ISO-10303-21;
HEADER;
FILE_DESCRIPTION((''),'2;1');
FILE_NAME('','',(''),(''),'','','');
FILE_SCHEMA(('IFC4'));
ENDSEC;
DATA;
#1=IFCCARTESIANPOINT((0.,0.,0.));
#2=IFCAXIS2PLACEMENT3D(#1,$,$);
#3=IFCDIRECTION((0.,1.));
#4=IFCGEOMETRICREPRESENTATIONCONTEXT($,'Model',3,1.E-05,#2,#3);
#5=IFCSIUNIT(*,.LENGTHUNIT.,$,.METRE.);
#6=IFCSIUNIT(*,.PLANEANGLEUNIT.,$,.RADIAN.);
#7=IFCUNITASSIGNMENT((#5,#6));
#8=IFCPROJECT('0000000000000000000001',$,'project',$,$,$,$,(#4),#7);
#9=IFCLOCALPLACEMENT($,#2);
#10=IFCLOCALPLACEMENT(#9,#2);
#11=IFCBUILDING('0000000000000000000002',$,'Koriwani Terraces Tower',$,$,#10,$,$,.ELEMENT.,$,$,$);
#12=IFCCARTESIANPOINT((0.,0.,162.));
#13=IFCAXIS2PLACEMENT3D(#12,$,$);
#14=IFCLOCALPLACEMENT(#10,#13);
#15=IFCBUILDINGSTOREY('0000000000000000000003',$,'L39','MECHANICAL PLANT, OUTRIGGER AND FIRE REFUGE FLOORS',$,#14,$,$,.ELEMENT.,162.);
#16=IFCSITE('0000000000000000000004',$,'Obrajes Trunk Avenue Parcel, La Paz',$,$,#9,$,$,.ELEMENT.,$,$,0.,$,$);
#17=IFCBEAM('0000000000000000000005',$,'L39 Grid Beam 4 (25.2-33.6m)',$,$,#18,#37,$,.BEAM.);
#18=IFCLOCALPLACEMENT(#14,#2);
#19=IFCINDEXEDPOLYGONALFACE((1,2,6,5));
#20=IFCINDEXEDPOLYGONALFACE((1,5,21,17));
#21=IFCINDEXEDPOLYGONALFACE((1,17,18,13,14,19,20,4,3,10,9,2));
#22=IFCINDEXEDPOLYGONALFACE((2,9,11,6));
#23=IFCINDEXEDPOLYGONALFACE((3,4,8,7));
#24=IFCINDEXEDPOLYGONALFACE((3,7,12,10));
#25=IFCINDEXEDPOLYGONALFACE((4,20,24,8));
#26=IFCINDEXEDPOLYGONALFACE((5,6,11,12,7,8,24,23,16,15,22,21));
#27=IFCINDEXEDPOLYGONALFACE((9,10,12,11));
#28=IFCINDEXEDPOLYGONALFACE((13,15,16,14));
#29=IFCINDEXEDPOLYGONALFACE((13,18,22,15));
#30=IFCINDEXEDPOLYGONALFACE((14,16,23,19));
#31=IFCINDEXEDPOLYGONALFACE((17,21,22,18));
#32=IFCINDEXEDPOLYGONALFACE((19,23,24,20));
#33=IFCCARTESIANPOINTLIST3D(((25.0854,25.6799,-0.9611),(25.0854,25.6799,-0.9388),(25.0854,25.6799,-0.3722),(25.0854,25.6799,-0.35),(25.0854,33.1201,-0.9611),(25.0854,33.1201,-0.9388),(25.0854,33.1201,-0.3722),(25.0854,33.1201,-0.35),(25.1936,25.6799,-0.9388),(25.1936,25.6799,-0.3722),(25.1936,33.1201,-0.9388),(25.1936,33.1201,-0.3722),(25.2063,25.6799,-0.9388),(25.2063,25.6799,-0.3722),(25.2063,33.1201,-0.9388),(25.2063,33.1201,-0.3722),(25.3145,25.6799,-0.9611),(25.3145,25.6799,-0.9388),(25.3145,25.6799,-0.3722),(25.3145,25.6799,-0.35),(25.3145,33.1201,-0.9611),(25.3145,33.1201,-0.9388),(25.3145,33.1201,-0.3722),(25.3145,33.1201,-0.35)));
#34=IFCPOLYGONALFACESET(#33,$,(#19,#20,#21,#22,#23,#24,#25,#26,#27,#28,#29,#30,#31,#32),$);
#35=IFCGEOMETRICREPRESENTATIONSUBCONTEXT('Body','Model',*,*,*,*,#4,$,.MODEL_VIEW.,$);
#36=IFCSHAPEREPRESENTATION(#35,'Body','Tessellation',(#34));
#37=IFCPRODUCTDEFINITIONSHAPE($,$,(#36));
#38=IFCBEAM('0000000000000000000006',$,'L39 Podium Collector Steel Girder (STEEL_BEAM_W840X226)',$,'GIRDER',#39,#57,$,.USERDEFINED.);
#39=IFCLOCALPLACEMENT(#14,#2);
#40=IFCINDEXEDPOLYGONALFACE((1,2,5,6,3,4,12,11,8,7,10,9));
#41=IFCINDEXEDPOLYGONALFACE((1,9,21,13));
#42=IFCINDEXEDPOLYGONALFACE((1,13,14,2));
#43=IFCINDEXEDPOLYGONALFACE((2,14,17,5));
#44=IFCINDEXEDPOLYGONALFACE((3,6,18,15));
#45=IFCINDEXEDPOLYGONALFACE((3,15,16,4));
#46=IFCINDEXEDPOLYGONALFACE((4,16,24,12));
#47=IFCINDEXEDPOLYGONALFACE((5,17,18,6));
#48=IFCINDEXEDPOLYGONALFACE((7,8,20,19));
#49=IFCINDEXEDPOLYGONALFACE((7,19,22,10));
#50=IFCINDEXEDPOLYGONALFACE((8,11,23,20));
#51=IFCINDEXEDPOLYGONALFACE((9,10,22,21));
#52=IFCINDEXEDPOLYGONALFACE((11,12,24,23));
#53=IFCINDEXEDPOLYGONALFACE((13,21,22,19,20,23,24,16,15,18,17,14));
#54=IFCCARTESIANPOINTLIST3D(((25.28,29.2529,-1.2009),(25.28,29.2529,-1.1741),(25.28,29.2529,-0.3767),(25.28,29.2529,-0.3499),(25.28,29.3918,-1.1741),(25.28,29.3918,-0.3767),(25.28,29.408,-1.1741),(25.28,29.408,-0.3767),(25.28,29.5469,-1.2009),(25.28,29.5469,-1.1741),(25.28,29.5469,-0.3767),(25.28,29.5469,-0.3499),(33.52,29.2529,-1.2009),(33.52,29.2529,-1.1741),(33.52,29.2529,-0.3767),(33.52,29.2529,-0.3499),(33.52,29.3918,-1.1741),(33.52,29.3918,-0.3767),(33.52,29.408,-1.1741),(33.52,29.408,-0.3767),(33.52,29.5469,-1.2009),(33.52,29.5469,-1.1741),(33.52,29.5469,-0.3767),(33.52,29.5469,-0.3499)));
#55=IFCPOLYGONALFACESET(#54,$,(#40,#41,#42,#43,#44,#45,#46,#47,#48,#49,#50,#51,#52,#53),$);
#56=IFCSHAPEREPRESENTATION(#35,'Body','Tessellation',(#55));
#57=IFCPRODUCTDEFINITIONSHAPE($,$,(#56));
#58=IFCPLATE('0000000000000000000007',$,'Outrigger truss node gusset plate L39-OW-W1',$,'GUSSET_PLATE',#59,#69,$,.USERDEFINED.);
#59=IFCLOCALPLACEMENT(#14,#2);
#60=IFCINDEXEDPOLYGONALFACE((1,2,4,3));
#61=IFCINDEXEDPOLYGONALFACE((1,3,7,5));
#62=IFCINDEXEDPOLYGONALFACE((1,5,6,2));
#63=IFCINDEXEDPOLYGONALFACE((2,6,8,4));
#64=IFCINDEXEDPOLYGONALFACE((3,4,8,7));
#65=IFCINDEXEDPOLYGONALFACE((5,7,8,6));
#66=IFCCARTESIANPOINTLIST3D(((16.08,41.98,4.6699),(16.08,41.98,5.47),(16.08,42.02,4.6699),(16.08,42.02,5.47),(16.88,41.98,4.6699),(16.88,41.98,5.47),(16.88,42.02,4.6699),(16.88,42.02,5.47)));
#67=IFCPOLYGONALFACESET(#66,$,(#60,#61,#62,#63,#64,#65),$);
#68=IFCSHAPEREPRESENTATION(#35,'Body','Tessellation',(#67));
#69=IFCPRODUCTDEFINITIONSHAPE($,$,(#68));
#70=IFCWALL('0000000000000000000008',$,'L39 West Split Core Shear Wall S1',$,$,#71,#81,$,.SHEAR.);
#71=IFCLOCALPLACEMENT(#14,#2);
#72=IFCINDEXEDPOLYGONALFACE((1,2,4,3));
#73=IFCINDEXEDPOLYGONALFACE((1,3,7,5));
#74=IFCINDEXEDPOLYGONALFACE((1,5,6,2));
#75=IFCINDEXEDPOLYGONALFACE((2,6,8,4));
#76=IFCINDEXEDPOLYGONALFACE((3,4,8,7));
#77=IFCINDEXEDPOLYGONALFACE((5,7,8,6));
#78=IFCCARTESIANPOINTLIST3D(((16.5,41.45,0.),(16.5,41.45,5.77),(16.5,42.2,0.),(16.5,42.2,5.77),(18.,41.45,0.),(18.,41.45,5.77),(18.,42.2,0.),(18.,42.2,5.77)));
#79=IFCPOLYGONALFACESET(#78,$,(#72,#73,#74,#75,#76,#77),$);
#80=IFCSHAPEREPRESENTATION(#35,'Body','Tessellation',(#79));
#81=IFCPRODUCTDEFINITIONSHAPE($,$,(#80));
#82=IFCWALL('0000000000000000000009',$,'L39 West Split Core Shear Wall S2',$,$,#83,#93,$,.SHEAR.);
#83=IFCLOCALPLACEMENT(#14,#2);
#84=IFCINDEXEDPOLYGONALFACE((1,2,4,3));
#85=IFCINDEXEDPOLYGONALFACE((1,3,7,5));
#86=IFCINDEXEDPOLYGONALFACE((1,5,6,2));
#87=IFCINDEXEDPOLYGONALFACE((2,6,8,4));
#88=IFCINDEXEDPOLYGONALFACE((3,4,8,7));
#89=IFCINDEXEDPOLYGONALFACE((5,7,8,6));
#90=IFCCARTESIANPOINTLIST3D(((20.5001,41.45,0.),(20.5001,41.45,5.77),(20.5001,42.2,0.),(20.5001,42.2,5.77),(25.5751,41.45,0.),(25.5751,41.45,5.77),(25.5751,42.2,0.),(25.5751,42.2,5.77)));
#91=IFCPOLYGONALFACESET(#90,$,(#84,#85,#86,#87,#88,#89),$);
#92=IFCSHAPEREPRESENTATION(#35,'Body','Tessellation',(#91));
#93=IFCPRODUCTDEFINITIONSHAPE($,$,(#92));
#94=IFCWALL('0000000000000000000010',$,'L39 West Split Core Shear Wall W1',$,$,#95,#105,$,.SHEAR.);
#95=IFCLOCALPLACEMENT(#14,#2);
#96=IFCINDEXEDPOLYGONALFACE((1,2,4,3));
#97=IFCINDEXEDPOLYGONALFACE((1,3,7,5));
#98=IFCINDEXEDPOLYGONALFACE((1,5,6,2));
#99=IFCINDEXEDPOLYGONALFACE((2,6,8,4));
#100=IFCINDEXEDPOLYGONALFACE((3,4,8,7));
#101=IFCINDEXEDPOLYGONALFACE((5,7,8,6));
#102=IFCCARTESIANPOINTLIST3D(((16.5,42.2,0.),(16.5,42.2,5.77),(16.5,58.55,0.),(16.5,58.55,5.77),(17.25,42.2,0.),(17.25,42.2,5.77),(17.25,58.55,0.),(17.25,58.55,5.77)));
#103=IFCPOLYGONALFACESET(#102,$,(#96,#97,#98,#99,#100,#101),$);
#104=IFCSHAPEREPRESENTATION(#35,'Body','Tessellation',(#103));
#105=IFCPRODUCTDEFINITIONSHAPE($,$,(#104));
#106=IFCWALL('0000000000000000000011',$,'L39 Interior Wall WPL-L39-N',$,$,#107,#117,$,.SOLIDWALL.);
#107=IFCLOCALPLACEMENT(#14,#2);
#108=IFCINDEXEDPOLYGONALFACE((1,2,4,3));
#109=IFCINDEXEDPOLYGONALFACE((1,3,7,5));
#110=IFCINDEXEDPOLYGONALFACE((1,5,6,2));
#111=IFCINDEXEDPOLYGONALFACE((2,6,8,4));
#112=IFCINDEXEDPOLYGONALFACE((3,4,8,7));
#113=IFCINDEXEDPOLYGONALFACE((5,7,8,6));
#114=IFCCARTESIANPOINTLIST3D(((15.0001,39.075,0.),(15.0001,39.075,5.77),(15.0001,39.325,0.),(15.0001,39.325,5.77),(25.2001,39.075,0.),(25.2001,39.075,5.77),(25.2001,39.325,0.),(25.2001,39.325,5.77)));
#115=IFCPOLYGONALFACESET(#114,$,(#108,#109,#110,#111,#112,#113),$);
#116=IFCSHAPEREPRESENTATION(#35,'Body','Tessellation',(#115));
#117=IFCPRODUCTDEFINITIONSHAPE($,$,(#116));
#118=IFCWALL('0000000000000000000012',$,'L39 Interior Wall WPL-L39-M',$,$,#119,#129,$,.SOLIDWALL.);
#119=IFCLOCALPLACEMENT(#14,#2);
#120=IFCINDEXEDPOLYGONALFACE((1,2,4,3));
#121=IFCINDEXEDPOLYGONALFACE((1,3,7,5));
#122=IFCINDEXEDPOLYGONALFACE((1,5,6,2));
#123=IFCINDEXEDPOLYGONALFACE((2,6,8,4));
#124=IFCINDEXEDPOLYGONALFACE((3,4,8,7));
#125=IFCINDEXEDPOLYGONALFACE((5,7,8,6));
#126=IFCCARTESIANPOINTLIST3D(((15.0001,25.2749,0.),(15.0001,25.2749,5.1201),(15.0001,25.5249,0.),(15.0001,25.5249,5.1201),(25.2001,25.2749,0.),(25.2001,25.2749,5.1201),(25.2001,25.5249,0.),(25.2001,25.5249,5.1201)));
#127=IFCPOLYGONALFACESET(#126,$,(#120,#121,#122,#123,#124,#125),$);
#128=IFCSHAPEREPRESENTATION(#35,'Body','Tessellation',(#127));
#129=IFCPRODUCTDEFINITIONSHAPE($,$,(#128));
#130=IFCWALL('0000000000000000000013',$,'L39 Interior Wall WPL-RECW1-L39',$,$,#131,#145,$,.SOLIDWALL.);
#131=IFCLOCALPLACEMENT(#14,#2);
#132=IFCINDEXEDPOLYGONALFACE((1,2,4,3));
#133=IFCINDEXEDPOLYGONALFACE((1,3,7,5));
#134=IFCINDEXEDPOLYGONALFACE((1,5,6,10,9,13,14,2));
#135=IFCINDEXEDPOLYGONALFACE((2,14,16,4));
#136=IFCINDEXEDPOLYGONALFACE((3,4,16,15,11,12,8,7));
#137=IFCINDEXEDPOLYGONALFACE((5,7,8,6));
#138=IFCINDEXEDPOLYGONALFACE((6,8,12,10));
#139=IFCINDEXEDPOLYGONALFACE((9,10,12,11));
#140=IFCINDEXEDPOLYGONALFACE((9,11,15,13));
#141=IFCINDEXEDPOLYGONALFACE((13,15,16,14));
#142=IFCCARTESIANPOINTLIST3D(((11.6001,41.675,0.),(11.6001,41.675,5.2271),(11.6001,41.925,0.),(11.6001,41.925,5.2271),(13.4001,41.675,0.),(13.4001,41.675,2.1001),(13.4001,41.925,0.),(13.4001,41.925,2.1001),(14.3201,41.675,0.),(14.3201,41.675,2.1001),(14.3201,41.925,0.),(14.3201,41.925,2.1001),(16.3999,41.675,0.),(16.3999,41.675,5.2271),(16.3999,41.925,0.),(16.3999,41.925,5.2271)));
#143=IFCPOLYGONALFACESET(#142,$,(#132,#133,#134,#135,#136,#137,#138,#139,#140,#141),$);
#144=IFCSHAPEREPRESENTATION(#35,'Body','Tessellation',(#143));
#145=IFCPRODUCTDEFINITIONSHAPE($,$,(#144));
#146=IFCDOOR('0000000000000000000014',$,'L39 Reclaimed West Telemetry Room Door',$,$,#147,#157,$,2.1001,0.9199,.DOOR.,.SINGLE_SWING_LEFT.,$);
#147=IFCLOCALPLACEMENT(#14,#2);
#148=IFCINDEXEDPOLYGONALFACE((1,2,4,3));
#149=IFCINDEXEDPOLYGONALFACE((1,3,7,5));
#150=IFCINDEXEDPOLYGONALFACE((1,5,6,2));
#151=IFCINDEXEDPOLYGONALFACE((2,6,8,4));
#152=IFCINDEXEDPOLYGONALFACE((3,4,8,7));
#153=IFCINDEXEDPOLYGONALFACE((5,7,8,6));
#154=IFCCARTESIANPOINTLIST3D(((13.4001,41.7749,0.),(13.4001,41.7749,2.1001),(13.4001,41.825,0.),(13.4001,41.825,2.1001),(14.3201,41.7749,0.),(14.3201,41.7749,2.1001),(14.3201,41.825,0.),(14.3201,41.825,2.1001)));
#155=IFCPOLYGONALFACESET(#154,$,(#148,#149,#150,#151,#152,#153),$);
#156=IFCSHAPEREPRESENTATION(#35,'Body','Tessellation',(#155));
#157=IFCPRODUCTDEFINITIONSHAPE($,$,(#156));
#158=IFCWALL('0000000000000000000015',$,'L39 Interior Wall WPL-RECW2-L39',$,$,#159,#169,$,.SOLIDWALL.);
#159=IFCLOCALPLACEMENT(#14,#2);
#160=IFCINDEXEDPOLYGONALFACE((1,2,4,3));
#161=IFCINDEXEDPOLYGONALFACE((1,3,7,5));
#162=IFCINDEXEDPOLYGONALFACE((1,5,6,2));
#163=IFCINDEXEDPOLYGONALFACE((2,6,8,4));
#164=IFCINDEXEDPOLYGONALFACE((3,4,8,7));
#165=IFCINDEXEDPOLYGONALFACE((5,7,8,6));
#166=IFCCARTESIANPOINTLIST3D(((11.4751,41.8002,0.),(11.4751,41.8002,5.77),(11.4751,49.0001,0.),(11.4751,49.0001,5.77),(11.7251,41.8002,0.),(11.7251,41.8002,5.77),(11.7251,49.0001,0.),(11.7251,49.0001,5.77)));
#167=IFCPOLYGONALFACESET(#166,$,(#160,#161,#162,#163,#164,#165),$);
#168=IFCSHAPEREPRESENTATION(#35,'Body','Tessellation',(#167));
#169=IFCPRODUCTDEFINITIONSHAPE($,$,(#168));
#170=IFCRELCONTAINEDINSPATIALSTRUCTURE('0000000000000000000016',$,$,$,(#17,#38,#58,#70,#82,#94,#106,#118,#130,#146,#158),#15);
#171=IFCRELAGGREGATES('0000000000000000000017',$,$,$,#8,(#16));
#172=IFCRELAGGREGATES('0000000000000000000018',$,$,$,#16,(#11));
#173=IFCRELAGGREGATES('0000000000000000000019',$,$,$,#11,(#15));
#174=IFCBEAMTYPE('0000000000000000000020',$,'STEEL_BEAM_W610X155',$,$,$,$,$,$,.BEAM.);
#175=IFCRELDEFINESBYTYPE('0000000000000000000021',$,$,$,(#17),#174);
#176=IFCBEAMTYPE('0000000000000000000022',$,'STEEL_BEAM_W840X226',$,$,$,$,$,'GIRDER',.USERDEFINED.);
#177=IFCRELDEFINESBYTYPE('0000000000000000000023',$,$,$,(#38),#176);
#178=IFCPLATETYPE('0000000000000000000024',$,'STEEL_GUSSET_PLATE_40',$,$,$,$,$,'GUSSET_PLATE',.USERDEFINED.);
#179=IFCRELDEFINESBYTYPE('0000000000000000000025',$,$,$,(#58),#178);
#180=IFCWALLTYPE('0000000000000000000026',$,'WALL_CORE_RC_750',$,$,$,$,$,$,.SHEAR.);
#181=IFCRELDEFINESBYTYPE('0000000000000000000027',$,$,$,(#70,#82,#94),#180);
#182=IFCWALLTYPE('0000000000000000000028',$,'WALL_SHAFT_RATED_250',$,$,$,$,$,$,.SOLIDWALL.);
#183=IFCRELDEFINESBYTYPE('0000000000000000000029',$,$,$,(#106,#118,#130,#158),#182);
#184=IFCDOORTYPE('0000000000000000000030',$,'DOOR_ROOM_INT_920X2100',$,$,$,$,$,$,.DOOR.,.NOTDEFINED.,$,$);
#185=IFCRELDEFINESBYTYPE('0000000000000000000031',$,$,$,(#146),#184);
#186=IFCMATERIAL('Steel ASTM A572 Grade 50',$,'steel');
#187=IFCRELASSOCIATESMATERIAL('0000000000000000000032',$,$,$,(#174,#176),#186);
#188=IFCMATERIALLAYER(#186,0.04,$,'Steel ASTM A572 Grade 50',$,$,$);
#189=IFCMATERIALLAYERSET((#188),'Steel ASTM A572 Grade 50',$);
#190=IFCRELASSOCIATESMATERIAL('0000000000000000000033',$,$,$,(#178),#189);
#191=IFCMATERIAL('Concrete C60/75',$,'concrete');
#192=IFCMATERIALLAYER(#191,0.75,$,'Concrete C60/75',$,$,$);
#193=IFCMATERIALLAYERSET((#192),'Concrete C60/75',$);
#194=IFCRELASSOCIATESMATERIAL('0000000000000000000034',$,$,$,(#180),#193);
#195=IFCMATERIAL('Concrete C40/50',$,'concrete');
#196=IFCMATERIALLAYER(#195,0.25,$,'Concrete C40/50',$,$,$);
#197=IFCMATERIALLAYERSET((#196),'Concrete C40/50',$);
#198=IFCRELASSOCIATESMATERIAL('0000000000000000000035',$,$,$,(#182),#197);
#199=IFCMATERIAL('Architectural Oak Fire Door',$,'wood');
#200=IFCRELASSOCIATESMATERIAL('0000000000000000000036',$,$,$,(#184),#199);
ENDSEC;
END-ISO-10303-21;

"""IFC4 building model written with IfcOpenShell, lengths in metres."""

from ifc_helpers import new_model, si_unit, direction, frame, frame_2d, origin, origin_2d, place, context, subcontext, project, spatial, rectangle, i_section, extrude, material, layer, layer_set, material_profile, profile_set, type_object, element, fill, save


model = new_model("IFC4")

# Units and contexts
model_context = context("Model", 3, precision=1e-05, world=origin(), true_north=direction((0.0, 1.0)))
body_context = subcontext(model_context, "Body", "Model", "MODEL_VIEW")
ifc_project = project(units=[si_unit("LENGTHUNIT", "METRE"), si_unit("PLANEANGLEUNIT", "RADIAN")], contexts=[model_context])

# Site, building, storey
site_placement = place(None, origin())
site = spatial("IfcSite", under=ifc_project, at=site_placement, Name="Obrajes Trunk Avenue Parcel, La Paz", CompositionType="ELEMENT", RefElevation=0.0)
building_placement = place(site_placement, origin())
building = spatial("IfcBuilding", under=site, at=building_placement, Name="Koriwani Terraces Tower", CompositionType="ELEMENT")
storey_placement = place(building_placement, frame((0.0, 0.0, 162.0)))
storey = spatial("IfcBuildingStorey", under=building, at=storey_placement, Name="L39", Description="MECHANICAL PLANT, OUTRIGGER AND FIRE REFUGE FLOORS", CompositionType="ELEMENT", Elevation=162.0)

# Beams
ifc_material_1 = material(Name="Steel ASTM A572 Grade 50", Category="steel")
ifc_material_profile_1 = material_profile(ifc_material_1, i_section(OverallWidth=0.229, OverallDepth=0.6111, WebThickness=0.0127, FlangeThickness=0.0222, at=origin_2d()), Name="Steel ASTM A572 Grade 50", Category="LoadBearing")
ifc_profile_set_1 = profile_set([ifc_material_profile_1], Name="Steel ASTM A572 Grade 50")
beam_type_1 = type_object("IfcBeamType", Name="STEEL_BEAM_W610X155", PredefinedType="BEAM", material=ifc_profile_set_1)
beam_1_placement = place(storey_placement, frame((25.2, 25.6799, -0.6555), z_axis=(0.0, 1.0, 0.0), x_axis=(-1.0, 0.0, 0.0)))
element("IfcBeam", 1, at=beam_1_placement, inside=storey, type_object=beam_type_1, Name="L39 Grid Beam 4 (25.2-33.6m)", PredefinedType="BEAM", context=body_context, shape_type="SweptSolid", body=[
    extrude(i_section(OverallWidth=0.229, OverallDepth=0.6111, WebThickness=0.0127, FlangeThickness=0.0222, at=origin_2d()), origin(), (0.0, 0.0, 1.0), 7.4402),
])
ifc_material_profile_2 = material_profile(ifc_material_1, i_section(OverallWidth=0.2939, OverallDepth=0.8511, WebThickness=0.0161, FlangeThickness=0.0269, at=origin_2d()), Name="Steel ASTM A572 Grade 50", Category="LoadBearing")
ifc_profile_set_2 = profile_set([ifc_material_profile_2], Name="Steel ASTM A572 Grade 50")
beam_type_2 = type_object("IfcBeamType", Name="STEEL_BEAM_W840X226", ElementType="GIRDER", PredefinedType="USERDEFINED", material=ifc_profile_set_2)
beam_2_placement = place(storey_placement, frame((25.28, 29.3999, -0.7754), z_axis=(1.0, 0.0, 0.0), x_axis=(0.0, 1.0, 0.0)))
element("IfcBeam", 2, at=beam_2_placement, inside=storey, type_object=beam_type_2, Name="L39 Podium Collector Steel Girder (STEEL_BEAM_W840X226)", ObjectType="GIRDER", PredefinedType="USERDEFINED", context=body_context, shape_type="SweptSolid", body=[
    extrude(i_section(OverallWidth=0.2939, OverallDepth=0.8511, WebThickness=0.0161, FlangeThickness=0.0269, at=origin_2d()), origin(), (0.0, 0.0, 1.0), 8.24),
])

# Plate
ifc_layer_1 = layer(ifc_material_1, 0.04, Name="Steel ASTM A572 Grade 50")
ifc_layer_set_1 = layer_set([ifc_layer_1], Name="Steel ASTM A572 Grade 50")
plate_type = type_object("IfcPlateType", Name="STEEL_GUSSET_PLATE_40", ElementType="GUSSET_PLATE", PredefinedType="USERDEFINED", material=ifc_layer_set_1)
plate_placement = place(storey_placement, frame((16.48, 42.0, 4.6699), z_axis=(0.0, 0.0, 1.0), x_axis=(1.0, 0.0, 0.0)))
element("IfcPlate", 3, at=plate_placement, inside=storey, type_object=plate_type, Name="Outrigger truss node gusset plate L39-OW-W1", ObjectType="GUSSET_PLATE", PredefinedType="USERDEFINED", context=body_context, shape_type="SweptSolid", body=[
    extrude(rectangle(XDim=0.8, YDim=0.04, at=origin_2d()), origin(), (0.0, 0.0, 1.0), 0.8),
])

# Walls
ifc_material_2 = material(Name="Concrete C60/75", Category="concrete")
ifc_layer_2 = layer(ifc_material_2, 0.75, Name="Concrete C60/75")
ifc_layer_set_2 = layer_set([ifc_layer_2], Name="Concrete C60/75")
wall_type_1 = type_object("IfcWallType", Name="WALL_CORE_RC_750", PredefinedType="SHEAR", material=ifc_layer_set_2)
wall_1_placement = place(storey_placement, frame((16.5, 41.825, 0.0), z_axis=(0.0, 0.0, 1.0), x_axis=(1.0, 0.0, 0.0)))
element("IfcWall", 4, at=wall_1_placement, inside=storey, type_object=wall_type_1, Name="L39 West Split Core Shear Wall S1", PredefinedType="SHEAR", context=body_context, shape_type="SweptSolid", body=[
    extrude(rectangle(XDim=1.5, YDim=0.75, at=frame_2d((0.75, 0.0))), origin(), (0.0, 0.0, 1.0), 5.77),
])
wall_2_placement = place(storey_placement, frame((20.5, 41.825, 0.0), z_axis=(0.0, 0.0, 1.0), x_axis=(1.0, 0.0, 0.0)))
element("IfcWall", 5, at=wall_2_placement, inside=storey, type_object=wall_type_1, Name="L39 West Split Core Shear Wall S2", PredefinedType="SHEAR", context=body_context, shape_type="SweptSolid", body=[
    extrude(rectangle(XDim=5.075, YDim=0.75, at=frame_2d((2.5376, 0.0))), origin(), (0.0, 0.0, 1.0), 5.77),
])
wall_3_placement = place(storey_placement, frame((16.875, 42.2, 0.0), z_axis=(0.0, 0.0, 1.0), x_axis=(0.0, 1.0, 0.0)))
element("IfcWall", 6, at=wall_3_placement, inside=storey, type_object=wall_type_1, Name="L39 West Split Core Shear Wall W1", PredefinedType="SHEAR", context=body_context, shape_type="SweptSolid", body=[
    extrude(rectangle(XDim=16.3501, YDim=0.75, at=frame_2d((8.175, 0.0))), origin(), (0.0, 0.0, 1.0), 5.77),
])

# Shared definitions
ifc_material_3 = material(Name="Concrete C40/50", Category="concrete")
ifc_layer_3 = layer(ifc_material_3, 0.25, Name="Concrete C40/50")
ifc_layer_set_3 = layer_set([ifc_layer_3], Name="Concrete C40/50")
wall_type_2 = type_object("IfcWallType", Name="WALL_SHAFT_RATED_250", PredefinedType="SOLIDWALL", material=ifc_layer_set_3)

# Walls
wall_4_placement = place(storey_placement, frame((15.0, 39.2, 0.0), z_axis=(0.0, 0.0, 1.0), x_axis=(1.0, 0.0, 0.0)))
element("IfcWall", 7, at=wall_4_placement, inside=storey, type_object=wall_type_2, Name="L39 Interior Wall WPL-L39-N", PredefinedType="SOLIDWALL", context=body_context, shape_type="SweptSolid", body=[
    extrude(rectangle(XDim=10.2, YDim=0.25, at=frame_2d((5.1001, 0.0))), origin(), (0.0, 0.0, 1.0), 5.77),
])
wall_5_placement = place(storey_placement, frame((15.0, 25.3999, 0.0), z_axis=(0.0, 0.0, 1.0), x_axis=(1.0, 0.0, 0.0)))
element("IfcWall", 8, at=wall_5_placement, inside=storey, type_object=wall_type_2, Name="L39 Interior Wall WPL-L39-M", PredefinedType="SOLIDWALL", context=body_context, shape_type="SweptSolid", body=[
    extrude(rectangle(XDim=10.2, YDim=0.25, at=frame_2d((5.1001, 0.0))), origin(), (0.0, 0.0, 1.0), 5.1201),
])

# Wall, opening, door
wall_6_placement = place(storey_placement, frame((11.6001, 41.8, 0.0), z_axis=(0.0, 0.0, 1.0), x_axis=(1.0, 0.0, 0.0)))
wall_6 = element("IfcWall", 9, at=wall_6_placement, inside=storey, type_object=wall_type_2, Name="L39 Interior Wall WPL-RECW1-L39", PredefinedType="SOLIDWALL", context=body_context, shape_type="SweptSolid", body=[
    extrude(rectangle(XDim=4.7998, YDim=0.25, at=frame_2d((2.3999, 0.0))), origin(), (0.0, 0.0, 1.0), 5.2271),
])
opening_1_placement = place(wall_6_placement, frame((1.8, 0.0, 0.0)))
opening_1 = element("IfcOpeningElement", 10, at=opening_1_placement, cuts=wall_6, PredefinedType="OPENING", context=body_context, shape_type="SweptSolid", body=[
    extrude(rectangle(XDim=0.9199, YDim=2.1001, at=frame_2d((0.46, 1.05))), frame((0.0, 0.135, 0.0), z_axis=(0.0, -1.0, 0.0), x_axis=(1.0, 0.0, 0.0)), (0.0, 0.0, 1.0), 0.27),
])
ifc_material_4 = material(Name="Architectural Oak Fire Door", Category="wood")
door_type_1 = type_object("IfcDoorType", Name="DOOR_ROOM_INT_920X2100", OperationType="NOTDEFINED", PredefinedType="DOOR", material=ifc_material_4)
door_1_placement = place(opening_1_placement, origin())
door_1 = element("IfcDoor", 11, at=door_1_placement, inside=storey, type_object=door_type_1, Name="L39 Reclaimed West Telemetry Room Door", OperationType="SINGLE_SWING_LEFT", OverallHeight=2.1001, OverallWidth=0.9199, PredefinedType="DOOR", context=body_context, shape_type="SweptSolid", body=[
    extrude(rectangle(XDim=0.9199, YDim=2.1001, at=frame_2d((0.46, 1.05))), frame((0.0, 0.0249, 0.0), z_axis=(0.0, -1.0, 0.0), x_axis=(1.0, 0.0, 0.0)), (0.0, 0.0, 1.0), 0.05),
])
fill(opening_1, door_1)

# Wall
wall_7_placement = place(storey_placement, frame((11.6001, 41.8, 0.0), z_axis=(0.0, 0.0, 1.0), x_axis=(0.0, 1.0, 0.0)))
element("IfcWall", 12, at=wall_7_placement, inside=storey, type_object=wall_type_2, Name="L39 Interior Wall WPL-RECW2-L39", PredefinedType="SOLIDWALL", context=body_context, shape_type="SweptSolid", body=[
    extrude(rectangle(XDim=7.2, YDim=0.25, at=frame_2d((3.6001, 0.0))), origin(), (0.0, 0.0, 1.0), 5.77),
])

save(model, "model.ifc")
